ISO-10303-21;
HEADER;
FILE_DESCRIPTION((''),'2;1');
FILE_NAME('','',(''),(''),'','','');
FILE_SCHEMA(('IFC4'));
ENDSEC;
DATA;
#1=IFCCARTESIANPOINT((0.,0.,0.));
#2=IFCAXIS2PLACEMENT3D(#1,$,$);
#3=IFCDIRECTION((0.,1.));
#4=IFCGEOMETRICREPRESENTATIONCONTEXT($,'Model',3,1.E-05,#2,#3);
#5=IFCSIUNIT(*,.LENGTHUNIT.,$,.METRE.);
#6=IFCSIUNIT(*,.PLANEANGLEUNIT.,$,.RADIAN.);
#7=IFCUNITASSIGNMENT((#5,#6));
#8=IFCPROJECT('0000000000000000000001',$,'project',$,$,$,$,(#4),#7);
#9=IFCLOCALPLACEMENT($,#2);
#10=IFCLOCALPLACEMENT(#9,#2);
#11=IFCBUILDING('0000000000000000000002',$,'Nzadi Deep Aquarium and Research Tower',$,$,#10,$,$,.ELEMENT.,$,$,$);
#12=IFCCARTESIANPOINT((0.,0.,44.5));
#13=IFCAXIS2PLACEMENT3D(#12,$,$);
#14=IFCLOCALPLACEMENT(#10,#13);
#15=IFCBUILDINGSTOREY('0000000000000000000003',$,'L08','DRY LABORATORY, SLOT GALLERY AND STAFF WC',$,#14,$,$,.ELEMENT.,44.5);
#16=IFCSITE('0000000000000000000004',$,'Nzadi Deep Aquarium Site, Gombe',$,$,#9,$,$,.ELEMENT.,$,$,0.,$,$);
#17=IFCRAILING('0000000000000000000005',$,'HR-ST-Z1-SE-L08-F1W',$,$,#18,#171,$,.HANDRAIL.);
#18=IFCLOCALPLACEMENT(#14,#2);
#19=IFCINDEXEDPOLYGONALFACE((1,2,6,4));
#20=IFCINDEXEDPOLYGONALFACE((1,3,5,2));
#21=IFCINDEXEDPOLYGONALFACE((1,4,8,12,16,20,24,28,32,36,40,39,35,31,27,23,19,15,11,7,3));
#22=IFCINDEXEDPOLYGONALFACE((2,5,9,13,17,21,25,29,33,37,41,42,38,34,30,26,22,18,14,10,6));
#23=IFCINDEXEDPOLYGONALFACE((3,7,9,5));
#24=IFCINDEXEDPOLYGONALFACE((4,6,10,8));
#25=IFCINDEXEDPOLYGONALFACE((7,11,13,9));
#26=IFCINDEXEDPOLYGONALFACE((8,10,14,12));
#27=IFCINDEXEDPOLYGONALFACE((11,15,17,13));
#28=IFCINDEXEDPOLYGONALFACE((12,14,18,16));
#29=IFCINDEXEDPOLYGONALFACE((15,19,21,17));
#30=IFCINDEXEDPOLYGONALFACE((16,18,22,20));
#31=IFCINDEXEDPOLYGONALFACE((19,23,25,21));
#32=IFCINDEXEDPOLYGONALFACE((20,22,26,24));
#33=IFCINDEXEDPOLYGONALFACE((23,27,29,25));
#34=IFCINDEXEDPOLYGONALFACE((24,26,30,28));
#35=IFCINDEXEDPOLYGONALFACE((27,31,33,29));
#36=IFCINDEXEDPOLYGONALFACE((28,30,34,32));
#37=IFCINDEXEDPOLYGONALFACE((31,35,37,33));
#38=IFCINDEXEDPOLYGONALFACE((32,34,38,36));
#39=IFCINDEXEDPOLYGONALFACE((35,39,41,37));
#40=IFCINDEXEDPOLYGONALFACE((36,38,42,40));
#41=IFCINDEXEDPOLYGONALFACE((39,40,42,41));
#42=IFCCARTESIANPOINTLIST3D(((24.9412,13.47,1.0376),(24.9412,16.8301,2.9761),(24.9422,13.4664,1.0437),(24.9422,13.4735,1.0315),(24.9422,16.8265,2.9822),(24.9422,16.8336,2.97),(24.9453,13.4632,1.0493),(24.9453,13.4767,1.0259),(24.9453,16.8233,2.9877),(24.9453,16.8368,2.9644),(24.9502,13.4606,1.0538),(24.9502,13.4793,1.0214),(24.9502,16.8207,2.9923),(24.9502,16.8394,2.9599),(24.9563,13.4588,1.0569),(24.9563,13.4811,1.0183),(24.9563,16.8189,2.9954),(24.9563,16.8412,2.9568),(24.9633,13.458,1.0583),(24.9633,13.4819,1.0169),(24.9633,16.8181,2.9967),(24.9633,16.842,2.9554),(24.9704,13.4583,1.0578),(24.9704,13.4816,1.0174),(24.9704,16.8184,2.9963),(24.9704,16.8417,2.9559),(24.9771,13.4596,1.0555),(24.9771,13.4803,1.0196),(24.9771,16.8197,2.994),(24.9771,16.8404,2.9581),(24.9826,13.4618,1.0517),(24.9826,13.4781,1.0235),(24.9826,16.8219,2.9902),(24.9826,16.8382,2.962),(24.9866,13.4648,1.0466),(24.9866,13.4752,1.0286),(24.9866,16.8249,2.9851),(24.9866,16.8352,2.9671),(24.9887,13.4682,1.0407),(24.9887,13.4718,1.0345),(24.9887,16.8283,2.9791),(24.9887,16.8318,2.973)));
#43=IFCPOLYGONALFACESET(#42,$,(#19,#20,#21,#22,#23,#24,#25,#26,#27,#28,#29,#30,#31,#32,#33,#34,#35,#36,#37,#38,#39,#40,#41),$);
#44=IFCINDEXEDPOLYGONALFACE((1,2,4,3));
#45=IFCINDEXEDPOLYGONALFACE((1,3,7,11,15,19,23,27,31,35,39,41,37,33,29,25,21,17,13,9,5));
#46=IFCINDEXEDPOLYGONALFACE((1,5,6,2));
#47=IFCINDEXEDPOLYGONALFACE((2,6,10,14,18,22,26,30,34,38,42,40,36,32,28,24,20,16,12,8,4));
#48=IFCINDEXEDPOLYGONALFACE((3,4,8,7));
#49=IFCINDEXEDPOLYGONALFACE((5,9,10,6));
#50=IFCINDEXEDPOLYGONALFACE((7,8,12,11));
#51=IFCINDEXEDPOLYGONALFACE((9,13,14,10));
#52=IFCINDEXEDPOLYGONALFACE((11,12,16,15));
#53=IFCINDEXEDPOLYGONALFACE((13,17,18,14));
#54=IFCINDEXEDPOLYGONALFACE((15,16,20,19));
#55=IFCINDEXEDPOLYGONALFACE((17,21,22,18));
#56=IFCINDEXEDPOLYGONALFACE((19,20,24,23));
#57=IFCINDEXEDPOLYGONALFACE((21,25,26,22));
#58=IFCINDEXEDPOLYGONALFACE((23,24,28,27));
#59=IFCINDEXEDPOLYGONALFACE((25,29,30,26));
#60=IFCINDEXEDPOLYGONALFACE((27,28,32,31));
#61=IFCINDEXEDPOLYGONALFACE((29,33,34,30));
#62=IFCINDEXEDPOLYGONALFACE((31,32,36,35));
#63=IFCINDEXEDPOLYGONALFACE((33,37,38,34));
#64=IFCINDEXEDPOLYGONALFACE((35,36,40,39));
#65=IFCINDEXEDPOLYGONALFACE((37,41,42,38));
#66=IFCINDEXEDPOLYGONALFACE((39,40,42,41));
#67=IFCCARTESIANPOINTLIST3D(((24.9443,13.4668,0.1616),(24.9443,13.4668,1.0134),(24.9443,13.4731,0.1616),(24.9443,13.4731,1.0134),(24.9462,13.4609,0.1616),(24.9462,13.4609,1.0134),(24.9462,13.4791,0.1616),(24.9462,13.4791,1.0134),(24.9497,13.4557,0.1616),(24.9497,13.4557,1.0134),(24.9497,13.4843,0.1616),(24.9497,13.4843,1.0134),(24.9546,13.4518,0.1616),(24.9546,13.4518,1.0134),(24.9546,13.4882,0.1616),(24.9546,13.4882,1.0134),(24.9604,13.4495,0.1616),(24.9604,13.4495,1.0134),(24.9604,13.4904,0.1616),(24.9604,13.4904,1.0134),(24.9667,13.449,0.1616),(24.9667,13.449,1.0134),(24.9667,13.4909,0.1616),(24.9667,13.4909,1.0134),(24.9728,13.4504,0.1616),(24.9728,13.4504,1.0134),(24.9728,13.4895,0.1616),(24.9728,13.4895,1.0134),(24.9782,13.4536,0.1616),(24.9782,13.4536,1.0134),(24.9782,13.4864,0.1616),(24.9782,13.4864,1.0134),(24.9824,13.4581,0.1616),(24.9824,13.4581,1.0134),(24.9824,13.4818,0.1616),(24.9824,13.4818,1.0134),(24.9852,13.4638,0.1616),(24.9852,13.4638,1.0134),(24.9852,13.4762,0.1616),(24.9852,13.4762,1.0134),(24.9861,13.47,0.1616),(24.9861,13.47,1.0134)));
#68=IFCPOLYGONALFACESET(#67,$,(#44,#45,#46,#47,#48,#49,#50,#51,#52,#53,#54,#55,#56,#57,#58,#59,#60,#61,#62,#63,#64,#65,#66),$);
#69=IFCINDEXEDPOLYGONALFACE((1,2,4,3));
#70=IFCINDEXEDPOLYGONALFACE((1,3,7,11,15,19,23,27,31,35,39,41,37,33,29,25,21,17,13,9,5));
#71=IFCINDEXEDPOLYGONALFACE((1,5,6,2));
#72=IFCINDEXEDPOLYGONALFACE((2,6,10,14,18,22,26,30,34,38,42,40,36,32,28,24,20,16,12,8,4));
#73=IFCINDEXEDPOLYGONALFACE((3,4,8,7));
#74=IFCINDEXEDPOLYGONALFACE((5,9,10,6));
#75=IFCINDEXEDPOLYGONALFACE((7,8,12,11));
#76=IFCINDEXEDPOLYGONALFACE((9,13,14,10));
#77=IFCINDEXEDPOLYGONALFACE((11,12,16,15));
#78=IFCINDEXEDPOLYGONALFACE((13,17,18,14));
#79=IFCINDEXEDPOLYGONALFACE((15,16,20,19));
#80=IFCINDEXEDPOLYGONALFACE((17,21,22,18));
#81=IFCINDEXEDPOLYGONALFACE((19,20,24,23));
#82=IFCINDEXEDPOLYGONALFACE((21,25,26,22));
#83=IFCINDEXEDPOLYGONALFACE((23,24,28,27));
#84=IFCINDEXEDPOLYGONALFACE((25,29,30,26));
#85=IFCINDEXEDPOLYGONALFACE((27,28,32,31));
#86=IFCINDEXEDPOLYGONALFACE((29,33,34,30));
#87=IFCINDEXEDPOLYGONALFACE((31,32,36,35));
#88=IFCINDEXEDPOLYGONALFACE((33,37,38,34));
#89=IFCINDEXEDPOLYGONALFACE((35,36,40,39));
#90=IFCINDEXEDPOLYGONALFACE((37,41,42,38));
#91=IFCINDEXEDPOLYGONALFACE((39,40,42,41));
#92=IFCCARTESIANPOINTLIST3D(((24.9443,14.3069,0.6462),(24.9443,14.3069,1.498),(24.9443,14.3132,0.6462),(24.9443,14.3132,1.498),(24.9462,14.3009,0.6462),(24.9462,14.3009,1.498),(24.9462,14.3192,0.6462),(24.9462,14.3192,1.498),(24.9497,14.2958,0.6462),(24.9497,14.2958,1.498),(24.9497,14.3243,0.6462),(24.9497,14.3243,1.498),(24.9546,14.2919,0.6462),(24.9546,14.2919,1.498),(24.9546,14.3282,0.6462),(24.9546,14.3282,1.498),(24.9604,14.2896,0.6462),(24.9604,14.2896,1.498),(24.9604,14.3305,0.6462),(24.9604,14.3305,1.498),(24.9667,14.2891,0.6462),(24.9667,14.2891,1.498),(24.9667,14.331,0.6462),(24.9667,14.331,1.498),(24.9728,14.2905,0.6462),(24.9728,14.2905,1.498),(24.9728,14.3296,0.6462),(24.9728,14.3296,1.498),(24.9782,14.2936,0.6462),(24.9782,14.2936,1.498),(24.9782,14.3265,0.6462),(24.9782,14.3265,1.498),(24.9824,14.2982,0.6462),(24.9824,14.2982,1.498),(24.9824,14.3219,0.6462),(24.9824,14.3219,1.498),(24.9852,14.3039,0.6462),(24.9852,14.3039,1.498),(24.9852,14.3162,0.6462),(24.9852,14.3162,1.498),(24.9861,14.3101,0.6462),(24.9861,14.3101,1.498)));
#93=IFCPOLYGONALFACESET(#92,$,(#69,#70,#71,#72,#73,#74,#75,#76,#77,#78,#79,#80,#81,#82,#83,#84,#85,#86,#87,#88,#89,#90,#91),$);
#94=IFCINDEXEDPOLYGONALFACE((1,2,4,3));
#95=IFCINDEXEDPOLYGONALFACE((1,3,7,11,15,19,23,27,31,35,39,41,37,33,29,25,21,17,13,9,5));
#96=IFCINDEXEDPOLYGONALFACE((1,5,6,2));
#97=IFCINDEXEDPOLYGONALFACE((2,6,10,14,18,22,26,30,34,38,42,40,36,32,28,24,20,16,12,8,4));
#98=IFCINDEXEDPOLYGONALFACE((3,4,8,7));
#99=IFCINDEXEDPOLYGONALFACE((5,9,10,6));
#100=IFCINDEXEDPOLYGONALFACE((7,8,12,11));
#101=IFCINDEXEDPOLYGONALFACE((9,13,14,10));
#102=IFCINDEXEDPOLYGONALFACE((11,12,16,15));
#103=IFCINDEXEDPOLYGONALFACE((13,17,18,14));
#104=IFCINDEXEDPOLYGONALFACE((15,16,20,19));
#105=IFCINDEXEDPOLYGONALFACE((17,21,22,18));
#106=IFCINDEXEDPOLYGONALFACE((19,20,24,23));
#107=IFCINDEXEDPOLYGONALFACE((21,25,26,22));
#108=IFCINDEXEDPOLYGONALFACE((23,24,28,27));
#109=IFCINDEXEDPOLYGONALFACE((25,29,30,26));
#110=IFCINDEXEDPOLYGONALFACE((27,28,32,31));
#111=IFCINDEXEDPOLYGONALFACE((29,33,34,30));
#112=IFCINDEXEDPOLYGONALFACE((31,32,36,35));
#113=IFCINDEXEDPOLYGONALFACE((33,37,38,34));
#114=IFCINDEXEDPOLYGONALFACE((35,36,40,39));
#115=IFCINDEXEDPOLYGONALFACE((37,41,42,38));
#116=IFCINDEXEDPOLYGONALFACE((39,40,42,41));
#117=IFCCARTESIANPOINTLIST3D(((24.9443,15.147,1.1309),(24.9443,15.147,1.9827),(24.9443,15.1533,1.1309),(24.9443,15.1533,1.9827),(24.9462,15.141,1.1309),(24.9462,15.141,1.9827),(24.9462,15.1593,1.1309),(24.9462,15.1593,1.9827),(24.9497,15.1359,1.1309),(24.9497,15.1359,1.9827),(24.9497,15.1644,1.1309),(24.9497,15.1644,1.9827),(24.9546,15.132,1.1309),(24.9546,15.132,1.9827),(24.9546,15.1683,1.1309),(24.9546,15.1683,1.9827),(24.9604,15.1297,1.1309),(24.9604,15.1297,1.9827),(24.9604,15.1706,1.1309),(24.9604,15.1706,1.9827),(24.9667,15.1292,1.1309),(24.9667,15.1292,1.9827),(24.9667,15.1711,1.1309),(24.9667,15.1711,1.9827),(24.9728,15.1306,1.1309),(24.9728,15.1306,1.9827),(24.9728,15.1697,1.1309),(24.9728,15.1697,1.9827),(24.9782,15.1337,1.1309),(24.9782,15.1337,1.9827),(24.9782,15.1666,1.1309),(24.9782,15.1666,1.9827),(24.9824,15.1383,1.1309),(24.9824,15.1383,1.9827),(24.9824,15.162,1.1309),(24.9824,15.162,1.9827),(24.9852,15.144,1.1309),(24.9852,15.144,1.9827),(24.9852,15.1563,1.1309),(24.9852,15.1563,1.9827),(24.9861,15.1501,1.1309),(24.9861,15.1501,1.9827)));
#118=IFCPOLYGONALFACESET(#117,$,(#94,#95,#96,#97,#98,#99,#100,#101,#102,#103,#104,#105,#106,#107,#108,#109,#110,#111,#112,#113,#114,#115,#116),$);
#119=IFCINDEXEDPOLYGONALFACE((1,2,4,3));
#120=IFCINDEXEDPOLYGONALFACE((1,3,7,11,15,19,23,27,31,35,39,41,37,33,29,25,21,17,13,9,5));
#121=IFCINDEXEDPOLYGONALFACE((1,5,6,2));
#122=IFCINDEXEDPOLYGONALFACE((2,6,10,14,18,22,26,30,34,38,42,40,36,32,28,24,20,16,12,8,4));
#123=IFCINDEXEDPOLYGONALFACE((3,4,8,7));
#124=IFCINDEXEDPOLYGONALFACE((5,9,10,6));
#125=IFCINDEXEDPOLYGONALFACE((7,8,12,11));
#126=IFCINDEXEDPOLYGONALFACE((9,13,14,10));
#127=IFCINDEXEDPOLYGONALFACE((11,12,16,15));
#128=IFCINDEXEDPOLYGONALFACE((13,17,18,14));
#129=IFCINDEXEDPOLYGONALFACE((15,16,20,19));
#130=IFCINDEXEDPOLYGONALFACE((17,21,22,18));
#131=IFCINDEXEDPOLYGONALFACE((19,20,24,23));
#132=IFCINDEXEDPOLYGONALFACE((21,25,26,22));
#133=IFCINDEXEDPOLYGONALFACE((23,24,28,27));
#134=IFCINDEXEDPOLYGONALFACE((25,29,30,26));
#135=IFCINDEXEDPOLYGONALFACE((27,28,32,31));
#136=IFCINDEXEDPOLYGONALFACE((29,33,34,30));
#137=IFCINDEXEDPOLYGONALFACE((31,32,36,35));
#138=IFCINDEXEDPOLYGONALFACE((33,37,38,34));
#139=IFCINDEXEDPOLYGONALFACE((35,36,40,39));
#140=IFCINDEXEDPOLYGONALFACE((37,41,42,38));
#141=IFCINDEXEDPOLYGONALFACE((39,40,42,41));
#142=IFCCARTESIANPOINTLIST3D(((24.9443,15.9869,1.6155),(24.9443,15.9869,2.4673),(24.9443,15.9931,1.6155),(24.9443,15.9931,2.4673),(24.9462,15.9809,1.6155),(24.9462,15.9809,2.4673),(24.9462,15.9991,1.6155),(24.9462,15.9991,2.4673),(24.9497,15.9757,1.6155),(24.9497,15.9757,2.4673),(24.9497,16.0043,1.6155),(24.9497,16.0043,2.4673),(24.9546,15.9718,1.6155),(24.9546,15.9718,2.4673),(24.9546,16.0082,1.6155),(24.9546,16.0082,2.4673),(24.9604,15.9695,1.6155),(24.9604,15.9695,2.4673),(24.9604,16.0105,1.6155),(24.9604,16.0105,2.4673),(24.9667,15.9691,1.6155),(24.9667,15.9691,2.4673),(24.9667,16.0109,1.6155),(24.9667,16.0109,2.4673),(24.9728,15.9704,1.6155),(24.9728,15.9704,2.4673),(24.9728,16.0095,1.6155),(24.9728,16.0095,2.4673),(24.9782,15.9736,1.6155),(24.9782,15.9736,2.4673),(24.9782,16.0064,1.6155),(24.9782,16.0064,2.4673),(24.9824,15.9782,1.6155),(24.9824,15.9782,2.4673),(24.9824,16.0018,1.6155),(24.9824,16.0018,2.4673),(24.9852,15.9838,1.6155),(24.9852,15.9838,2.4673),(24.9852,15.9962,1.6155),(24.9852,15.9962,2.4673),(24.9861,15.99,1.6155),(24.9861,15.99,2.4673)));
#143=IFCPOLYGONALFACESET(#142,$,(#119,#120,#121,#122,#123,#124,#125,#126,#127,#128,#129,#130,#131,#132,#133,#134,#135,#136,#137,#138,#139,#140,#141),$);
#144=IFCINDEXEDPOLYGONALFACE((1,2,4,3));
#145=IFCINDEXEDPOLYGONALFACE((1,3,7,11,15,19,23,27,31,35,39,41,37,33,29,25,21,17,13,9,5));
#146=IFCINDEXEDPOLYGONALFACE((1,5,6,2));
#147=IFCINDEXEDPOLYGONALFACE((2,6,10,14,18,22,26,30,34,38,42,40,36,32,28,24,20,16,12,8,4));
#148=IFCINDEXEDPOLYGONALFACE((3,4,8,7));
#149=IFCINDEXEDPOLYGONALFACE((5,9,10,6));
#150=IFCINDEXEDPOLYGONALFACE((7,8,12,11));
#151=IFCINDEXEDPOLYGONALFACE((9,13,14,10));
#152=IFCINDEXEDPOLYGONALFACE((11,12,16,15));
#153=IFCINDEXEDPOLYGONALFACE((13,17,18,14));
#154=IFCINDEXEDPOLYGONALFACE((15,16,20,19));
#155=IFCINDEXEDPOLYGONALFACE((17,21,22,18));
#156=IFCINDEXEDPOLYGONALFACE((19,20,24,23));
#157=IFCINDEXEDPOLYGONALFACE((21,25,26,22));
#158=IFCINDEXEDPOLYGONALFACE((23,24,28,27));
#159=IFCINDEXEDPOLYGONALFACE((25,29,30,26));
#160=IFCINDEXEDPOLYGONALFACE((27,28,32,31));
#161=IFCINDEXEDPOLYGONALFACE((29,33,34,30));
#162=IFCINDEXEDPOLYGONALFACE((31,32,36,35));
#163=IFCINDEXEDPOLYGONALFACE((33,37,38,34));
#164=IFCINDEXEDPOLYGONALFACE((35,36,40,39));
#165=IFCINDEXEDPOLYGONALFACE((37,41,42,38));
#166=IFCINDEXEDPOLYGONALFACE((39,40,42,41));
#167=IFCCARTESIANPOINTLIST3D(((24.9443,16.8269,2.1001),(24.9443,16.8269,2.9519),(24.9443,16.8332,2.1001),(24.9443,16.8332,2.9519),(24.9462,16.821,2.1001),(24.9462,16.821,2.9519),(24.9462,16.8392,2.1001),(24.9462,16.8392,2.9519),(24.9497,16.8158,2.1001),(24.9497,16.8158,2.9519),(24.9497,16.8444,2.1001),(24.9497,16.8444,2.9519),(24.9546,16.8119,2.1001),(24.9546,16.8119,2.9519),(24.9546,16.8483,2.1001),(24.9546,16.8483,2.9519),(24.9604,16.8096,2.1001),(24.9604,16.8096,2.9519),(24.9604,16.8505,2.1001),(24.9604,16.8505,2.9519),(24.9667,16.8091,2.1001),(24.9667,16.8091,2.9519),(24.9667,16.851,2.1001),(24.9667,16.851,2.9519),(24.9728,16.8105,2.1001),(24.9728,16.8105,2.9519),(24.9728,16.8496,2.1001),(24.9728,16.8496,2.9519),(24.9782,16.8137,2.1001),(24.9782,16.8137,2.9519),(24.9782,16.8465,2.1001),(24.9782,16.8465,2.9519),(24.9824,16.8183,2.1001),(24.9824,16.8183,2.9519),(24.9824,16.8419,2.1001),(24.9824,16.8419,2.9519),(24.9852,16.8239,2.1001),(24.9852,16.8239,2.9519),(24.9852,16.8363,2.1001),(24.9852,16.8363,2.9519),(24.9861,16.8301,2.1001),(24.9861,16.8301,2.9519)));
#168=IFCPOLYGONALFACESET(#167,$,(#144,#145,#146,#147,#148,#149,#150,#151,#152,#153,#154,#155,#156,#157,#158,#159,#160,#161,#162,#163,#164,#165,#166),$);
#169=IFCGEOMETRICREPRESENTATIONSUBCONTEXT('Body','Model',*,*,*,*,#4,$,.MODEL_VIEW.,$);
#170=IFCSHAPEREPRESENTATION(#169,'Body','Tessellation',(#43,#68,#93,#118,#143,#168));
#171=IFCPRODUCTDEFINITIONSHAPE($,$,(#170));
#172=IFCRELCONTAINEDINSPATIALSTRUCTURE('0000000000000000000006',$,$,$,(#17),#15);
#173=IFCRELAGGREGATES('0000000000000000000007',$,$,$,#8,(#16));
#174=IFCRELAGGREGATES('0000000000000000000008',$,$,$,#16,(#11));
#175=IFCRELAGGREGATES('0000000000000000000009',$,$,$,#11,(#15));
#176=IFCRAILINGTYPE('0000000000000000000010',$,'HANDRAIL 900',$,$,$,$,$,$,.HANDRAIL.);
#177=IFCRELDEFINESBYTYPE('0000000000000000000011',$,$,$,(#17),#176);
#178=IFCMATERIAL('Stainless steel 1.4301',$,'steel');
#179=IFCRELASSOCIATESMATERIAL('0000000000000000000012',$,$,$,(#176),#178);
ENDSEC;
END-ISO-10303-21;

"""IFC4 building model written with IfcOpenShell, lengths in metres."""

from ifc_helpers import new_model, si_unit, direction, frame, origin, origin_2d, place, context, subcontext, project, spatial, circle, extrude, material, type_object, element, save


model = new_model("IFC4")

# Units and contexts
model_context = context("Model", 3, precision=1e-05, world=origin(), true_north=direction((0.0, 1.0)))
body_context = subcontext(model_context, "Body", "Model", "MODEL_VIEW")
ifc_project = project(units=[si_unit("LENGTHUNIT", "METRE"), si_unit("PLANEANGLEUNIT", "RADIAN")], contexts=[model_context])

# Site, building, storey
site_placement = place(None, origin())
site = spatial("IfcSite", under=ifc_project, at=site_placement, Name="Nzadi Deep Aquarium Site, Gombe", CompositionType="ELEMENT", RefElevation=0.0)
building_placement = place(site_placement, origin())
building = spatial("IfcBuilding", under=site, at=building_placement, Name="Nzadi Deep Aquarium and Research Tower", CompositionType="ELEMENT")
storey_placement = place(building_placement, frame((0.0, 0.0, 44.5)))
storey = spatial("IfcBuildingStorey", under=building, at=storey_placement, Name="L08", Description="DRY LABORATORY, SLOT GALLERY AND STAFF WC", CompositionType="ELEMENT", Elevation=44.5)

# Railing
ifc_material_1 = material(Name="Stainless steel 1.4301", Category="steel")
railing_type = type_object("IfcRailingType", Name="HANDRAIL 900", PredefinedType="HANDRAIL", material=ifc_material_1)
for number, where, name in (
    (1, (24.9651, 13.47, 0.1616), "HR-ST-Z1-SE-L08-F1W"),
):
    element("IfcRailing", number, at=place(storey_placement, frame(where)), inside=storey, type_object=railing_type, Name=name, PredefinedType="HANDRAIL", context=body_context, shape_type="SweptSolid", body=[
        extrude(circle(Radius=0.0239, at=origin_2d()), frame((0.0, 0.0, 0.876), z_axis=(0.0, 0.866191, 0.499713), x_axis=(-1.0, 0.0, 0.0)), (0.0, 0.0, 1.0), 3.8792),
        extrude(circle(Radius=0.021, at=origin_2d()), origin(), (0.0, 0.0, 1.0), 0.8518),
        extrude(circle(Radius=0.021, at=origin_2d()), frame((0.0, 0.8401, 0.4846)), (0.0, 0.0, 1.0), 0.8518),
        extrude(circle(Radius=0.021, at=origin_2d()), frame((0.0, 1.6802, 0.9692)), (0.0, 0.0, 1.0), 0.8518),
        extrude(circle(Radius=0.021, at=origin_2d()), frame((0.0, 2.52, 1.4539)), (0.0, 0.0, 1.0), 0.8518),
        extrude(circle(Radius=0.021, at=origin_2d()), frame((0.0, 3.3601, 1.9385)), (0.0, 0.0, 1.0), 0.8518),
    ])

save(model, "model.ifc")
